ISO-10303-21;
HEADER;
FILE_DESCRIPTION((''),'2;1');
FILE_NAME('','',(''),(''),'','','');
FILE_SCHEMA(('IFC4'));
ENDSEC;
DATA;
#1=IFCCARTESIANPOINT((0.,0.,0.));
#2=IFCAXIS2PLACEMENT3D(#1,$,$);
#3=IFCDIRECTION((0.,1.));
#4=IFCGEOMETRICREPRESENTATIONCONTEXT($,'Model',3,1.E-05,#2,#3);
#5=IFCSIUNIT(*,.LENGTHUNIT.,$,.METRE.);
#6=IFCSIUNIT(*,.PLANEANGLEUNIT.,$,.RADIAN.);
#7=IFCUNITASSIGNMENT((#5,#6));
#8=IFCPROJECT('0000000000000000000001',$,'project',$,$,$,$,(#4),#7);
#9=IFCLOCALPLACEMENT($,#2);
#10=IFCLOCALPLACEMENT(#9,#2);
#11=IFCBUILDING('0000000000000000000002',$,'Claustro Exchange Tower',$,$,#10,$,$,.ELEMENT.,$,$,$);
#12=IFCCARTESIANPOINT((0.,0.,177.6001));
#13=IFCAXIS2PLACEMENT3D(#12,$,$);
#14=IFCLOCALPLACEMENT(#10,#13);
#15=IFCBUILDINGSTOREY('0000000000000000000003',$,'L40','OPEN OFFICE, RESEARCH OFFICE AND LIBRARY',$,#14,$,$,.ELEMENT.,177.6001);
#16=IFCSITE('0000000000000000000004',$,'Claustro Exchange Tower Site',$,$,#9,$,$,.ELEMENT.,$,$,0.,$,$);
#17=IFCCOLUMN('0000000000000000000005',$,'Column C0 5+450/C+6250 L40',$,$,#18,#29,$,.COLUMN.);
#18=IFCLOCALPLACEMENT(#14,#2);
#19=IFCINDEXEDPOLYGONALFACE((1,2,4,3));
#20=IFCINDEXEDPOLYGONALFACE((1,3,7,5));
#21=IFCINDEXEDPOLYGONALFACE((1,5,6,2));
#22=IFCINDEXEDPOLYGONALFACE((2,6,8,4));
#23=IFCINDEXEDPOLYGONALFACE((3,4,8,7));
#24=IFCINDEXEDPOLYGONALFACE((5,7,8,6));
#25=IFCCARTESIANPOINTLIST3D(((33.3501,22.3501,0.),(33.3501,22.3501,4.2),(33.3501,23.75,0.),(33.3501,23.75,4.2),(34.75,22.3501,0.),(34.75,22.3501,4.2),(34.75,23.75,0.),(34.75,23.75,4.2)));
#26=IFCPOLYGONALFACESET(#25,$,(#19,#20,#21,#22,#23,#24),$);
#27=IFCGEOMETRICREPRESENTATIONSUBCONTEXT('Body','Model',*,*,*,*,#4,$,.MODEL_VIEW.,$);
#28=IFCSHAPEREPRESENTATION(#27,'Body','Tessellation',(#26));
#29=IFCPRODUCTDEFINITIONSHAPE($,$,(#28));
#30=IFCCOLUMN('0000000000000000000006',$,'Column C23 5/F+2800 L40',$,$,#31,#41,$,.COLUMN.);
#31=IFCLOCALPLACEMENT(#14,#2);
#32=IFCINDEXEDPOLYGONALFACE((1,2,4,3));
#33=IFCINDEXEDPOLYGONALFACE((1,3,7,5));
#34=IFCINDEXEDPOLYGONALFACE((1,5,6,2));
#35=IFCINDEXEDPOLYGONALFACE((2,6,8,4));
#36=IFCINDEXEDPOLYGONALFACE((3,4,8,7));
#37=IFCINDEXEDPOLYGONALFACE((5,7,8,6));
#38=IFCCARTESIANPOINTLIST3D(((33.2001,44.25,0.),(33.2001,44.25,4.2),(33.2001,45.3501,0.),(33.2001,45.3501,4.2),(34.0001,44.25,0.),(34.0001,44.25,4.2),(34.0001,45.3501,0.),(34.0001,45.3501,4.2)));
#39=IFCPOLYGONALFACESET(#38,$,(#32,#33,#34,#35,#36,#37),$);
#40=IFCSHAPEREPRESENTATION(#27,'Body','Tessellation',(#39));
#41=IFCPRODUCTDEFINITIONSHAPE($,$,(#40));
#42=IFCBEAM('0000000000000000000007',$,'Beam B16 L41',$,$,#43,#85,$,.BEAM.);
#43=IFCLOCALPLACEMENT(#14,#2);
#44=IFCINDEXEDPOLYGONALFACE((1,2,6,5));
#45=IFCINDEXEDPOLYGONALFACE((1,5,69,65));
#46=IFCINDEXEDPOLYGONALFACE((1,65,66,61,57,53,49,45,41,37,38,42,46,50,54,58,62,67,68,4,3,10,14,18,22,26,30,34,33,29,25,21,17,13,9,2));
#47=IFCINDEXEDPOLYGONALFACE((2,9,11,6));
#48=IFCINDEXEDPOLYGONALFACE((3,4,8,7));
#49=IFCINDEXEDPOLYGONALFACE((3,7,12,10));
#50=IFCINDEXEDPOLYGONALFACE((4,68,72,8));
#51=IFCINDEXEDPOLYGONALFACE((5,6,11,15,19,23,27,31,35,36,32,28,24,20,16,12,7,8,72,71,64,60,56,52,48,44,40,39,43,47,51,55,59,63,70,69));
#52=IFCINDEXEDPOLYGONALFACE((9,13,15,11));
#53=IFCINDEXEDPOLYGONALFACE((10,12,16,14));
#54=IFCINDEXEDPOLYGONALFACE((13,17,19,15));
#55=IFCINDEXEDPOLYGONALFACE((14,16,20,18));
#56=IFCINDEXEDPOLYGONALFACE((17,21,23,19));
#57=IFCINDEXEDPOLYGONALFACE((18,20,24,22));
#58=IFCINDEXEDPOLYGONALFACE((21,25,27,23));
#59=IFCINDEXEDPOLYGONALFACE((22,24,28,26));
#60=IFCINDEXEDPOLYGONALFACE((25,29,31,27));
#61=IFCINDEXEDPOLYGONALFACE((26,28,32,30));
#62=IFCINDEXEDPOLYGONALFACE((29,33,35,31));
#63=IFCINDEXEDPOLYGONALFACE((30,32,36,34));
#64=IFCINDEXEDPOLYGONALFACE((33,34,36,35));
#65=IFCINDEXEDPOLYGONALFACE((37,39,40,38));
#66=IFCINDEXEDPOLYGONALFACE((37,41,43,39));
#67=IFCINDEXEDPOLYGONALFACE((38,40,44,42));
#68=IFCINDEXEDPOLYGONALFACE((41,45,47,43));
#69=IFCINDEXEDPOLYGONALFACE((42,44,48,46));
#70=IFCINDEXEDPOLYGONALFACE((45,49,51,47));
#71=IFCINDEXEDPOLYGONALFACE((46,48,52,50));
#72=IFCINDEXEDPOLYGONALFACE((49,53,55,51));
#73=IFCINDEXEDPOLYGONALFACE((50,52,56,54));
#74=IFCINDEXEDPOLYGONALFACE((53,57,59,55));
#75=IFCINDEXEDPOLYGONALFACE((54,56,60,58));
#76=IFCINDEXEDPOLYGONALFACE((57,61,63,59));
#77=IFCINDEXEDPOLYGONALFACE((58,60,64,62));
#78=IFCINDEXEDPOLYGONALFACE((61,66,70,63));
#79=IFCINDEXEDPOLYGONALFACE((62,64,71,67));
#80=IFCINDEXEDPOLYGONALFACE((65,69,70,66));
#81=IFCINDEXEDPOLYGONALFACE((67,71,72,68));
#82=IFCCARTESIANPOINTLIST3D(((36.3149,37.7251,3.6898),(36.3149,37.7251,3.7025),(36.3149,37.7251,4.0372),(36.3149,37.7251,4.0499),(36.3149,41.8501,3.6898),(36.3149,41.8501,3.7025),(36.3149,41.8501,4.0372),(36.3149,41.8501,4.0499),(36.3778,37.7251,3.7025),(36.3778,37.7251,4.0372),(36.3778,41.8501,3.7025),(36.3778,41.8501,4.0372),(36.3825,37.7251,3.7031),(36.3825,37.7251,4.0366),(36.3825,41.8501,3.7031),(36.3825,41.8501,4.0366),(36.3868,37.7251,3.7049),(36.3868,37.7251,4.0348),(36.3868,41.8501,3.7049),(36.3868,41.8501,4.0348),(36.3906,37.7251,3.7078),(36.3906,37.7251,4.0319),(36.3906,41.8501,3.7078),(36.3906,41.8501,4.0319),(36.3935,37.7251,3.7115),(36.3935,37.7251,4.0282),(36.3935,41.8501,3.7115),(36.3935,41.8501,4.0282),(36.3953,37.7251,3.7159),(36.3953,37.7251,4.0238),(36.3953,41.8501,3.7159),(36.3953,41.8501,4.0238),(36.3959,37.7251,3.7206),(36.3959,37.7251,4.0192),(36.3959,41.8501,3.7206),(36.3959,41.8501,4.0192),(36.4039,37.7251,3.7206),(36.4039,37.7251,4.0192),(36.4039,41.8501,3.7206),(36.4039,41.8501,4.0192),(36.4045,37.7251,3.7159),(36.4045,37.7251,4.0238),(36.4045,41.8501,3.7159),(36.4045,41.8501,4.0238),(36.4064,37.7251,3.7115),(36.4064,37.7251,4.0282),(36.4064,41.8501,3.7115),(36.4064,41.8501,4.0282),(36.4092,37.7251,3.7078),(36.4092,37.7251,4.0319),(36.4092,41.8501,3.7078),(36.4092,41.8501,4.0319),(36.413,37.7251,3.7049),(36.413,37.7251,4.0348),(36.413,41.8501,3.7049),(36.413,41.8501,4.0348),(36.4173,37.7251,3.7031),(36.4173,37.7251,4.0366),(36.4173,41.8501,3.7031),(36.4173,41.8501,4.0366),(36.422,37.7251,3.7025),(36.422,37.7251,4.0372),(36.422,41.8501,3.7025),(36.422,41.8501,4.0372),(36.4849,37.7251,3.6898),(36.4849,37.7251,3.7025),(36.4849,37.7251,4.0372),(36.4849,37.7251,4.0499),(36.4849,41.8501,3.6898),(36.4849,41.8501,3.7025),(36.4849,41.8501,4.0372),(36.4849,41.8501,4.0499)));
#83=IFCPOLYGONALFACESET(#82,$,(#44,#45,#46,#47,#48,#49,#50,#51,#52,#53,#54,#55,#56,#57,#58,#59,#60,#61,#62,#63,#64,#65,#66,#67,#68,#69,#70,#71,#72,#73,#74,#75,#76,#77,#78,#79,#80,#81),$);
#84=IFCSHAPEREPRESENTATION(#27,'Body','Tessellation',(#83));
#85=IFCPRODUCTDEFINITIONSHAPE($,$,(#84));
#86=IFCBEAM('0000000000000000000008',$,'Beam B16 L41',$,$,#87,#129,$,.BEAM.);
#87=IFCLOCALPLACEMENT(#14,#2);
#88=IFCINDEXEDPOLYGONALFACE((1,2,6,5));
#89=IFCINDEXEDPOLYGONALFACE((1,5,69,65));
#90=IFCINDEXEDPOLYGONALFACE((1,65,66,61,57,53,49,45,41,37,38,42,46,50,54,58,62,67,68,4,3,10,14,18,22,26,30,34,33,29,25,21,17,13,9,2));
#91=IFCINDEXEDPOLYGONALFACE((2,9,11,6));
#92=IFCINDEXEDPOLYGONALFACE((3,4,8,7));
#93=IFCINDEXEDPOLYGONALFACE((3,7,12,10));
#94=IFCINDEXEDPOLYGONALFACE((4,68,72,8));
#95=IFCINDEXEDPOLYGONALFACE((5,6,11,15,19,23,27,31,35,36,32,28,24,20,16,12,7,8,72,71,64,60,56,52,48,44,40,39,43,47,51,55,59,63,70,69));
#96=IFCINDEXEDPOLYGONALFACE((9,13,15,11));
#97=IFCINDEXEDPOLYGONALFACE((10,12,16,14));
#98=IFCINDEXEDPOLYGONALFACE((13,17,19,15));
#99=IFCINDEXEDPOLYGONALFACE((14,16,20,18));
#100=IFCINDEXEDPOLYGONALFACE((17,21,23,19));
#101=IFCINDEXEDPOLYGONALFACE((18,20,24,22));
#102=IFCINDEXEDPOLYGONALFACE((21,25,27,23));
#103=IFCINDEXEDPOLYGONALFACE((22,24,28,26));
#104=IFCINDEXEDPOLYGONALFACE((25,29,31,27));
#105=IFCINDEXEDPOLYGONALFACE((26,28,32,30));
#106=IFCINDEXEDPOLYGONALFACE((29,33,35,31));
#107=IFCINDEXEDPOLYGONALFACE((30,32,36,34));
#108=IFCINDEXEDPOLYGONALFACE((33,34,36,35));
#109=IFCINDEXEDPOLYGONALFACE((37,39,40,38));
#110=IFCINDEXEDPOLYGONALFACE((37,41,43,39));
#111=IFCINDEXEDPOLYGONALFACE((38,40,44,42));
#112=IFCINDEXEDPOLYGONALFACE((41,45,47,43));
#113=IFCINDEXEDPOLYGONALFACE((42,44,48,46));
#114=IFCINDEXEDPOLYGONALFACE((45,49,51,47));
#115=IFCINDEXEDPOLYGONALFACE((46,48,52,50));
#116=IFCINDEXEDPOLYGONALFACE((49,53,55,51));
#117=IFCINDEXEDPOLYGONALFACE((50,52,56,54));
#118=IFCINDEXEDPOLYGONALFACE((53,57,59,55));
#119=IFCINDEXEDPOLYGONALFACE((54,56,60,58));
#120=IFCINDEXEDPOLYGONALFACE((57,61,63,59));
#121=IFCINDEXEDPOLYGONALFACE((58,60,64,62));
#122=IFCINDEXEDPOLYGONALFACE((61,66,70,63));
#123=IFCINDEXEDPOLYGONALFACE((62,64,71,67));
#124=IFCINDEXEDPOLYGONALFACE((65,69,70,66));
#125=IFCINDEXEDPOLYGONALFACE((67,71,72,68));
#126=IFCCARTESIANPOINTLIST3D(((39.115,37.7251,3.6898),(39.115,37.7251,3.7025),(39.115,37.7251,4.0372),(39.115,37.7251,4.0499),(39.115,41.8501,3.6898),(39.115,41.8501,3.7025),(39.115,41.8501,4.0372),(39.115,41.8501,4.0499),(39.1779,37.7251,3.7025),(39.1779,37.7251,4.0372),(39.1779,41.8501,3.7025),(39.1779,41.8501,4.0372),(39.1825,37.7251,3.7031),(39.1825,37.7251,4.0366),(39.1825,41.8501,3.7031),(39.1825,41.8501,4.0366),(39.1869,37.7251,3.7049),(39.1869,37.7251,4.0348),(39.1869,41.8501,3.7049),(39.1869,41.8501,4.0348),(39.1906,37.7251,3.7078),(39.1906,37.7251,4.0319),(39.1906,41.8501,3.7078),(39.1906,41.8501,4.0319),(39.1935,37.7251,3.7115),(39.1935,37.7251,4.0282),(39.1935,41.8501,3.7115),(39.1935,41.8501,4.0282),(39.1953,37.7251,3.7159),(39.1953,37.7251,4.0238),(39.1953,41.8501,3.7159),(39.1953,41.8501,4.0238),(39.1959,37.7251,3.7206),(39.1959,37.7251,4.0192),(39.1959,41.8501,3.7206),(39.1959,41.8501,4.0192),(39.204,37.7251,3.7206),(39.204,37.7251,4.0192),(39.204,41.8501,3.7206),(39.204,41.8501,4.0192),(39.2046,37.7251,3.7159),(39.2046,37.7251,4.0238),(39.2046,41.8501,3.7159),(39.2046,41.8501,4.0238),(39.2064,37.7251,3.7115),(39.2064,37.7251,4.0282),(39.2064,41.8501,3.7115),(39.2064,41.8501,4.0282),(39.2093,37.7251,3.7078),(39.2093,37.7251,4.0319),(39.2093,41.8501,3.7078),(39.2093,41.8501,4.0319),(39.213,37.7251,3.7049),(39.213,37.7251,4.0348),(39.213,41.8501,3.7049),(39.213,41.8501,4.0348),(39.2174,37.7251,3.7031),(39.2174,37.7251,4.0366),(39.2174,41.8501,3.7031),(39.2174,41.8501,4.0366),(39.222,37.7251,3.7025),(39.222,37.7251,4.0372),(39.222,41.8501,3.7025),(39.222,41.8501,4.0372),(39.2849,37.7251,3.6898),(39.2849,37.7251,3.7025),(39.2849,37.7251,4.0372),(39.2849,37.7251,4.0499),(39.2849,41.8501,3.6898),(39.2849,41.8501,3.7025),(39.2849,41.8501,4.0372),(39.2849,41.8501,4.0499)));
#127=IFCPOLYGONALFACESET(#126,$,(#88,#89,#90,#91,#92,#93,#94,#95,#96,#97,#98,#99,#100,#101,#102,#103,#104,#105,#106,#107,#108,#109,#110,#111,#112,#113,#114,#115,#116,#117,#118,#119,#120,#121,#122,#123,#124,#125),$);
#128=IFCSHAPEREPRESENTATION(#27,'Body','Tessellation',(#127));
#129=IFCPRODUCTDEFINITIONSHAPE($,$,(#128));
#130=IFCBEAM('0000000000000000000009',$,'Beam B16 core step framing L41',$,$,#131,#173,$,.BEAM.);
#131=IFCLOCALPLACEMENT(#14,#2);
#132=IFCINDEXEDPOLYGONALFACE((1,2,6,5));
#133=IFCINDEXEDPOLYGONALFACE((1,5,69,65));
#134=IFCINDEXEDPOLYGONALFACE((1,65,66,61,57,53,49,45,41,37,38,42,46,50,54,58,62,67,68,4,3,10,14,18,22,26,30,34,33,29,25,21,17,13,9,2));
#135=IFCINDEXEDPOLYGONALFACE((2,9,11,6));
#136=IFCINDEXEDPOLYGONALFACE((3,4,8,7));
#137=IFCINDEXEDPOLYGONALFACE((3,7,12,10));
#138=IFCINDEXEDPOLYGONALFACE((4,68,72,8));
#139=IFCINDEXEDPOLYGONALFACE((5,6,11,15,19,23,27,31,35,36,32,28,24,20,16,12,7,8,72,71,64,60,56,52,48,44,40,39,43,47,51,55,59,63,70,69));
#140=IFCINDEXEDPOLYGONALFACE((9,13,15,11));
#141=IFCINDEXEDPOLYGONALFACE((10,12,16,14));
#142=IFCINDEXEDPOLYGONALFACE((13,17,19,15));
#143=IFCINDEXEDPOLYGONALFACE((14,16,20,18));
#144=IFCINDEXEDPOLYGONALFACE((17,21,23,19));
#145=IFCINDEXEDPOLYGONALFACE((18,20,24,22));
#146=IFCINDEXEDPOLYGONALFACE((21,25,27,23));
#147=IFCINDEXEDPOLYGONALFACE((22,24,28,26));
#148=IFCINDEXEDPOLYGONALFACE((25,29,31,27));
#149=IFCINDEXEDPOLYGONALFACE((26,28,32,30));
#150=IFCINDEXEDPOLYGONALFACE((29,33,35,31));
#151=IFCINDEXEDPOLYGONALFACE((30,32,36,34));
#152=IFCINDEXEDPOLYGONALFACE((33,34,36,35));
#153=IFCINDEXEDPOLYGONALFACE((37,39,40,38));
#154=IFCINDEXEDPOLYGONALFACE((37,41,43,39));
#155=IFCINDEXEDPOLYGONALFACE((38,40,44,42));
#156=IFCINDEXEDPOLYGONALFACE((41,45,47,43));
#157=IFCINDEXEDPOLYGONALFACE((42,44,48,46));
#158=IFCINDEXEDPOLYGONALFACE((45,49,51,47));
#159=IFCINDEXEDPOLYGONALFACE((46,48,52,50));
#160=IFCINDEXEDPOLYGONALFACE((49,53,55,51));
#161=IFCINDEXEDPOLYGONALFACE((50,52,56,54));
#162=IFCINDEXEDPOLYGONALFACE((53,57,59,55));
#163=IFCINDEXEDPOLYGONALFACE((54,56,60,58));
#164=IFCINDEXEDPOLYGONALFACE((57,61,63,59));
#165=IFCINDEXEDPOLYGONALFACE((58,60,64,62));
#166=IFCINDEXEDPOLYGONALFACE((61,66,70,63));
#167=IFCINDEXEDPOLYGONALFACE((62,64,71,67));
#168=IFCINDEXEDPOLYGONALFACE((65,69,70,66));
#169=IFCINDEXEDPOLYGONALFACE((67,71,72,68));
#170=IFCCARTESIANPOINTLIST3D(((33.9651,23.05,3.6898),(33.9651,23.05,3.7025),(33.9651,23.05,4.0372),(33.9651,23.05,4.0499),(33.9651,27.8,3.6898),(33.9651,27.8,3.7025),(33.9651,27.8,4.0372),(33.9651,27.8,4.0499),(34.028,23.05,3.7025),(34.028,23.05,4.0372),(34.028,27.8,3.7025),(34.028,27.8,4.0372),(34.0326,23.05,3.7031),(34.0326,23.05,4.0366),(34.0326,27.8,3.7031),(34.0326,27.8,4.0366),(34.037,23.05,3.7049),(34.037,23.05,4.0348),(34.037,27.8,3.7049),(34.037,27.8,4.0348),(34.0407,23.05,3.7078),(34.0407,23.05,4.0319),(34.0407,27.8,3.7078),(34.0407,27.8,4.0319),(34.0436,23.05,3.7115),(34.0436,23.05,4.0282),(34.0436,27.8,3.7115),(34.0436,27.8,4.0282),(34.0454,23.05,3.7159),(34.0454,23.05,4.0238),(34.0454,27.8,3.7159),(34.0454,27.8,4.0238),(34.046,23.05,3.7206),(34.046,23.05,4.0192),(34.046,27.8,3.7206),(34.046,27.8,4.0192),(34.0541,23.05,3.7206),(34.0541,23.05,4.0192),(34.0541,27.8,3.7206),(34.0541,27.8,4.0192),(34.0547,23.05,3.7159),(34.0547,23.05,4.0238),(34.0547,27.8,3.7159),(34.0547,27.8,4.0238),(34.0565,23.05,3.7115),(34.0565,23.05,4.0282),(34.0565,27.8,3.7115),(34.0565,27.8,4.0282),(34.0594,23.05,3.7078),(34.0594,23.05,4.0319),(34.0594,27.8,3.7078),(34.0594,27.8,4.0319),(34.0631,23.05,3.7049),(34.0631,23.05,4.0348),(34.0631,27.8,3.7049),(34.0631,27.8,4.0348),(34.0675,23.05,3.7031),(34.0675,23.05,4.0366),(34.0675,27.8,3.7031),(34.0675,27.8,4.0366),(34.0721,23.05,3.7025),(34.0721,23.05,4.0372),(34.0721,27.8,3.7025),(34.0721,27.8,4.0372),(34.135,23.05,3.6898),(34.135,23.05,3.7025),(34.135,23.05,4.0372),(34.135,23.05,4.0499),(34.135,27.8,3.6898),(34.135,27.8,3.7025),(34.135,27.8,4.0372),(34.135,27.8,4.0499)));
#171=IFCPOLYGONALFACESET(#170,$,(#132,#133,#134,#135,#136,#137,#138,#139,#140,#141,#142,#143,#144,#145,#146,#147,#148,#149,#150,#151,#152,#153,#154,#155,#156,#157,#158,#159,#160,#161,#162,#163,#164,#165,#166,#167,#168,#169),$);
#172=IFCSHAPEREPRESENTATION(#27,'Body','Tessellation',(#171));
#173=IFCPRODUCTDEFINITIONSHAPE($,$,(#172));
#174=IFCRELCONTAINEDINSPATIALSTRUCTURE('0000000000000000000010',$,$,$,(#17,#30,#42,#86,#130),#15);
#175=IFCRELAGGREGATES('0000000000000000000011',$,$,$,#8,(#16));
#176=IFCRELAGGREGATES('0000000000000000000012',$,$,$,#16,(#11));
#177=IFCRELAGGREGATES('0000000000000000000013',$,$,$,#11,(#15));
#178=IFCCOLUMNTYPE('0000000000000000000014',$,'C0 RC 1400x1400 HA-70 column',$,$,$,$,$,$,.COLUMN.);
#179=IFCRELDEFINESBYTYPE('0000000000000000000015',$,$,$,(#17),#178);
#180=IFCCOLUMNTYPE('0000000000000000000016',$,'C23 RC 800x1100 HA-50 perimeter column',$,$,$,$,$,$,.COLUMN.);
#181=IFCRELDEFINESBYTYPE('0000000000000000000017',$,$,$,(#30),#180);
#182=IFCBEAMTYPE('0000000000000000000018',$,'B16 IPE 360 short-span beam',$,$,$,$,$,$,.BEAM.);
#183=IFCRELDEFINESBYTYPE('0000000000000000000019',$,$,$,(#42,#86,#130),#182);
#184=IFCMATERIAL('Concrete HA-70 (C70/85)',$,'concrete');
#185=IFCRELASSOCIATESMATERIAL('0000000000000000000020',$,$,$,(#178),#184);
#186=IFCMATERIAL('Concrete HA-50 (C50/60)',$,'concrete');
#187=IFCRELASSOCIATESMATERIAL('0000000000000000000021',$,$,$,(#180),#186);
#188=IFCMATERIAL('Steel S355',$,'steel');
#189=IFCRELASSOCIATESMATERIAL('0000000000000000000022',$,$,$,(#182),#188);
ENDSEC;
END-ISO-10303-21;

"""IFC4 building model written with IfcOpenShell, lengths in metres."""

from ifc_helpers import new_model, si_unit, direction, frame, origin, origin_2d, place, context, subcontext, project, spatial, rectangle, i_section, extrude, material, material_profile, profile_set, type_object, element, save


model = new_model("IFC4")

# Units and contexts
model_context = context("Model", 3, precision=1e-05, world=origin(), true_north=direction((0.0, 1.0)))
body_context = subcontext(model_context, "Body", "Model", "MODEL_VIEW")
ifc_project = project(units=[si_unit("LENGTHUNIT", "METRE"), si_unit("PLANEANGLEUNIT", "RADIAN")], contexts=[model_context])

# Site, building, storey
site_placement = place(None, origin())
site = spatial("IfcSite", under=ifc_project, at=site_placement, Name="Claustro Exchange Tower Site", CompositionType="ELEMENT", RefElevation=0.0)
building_placement = place(site_placement, origin())
building = spatial("IfcBuilding", under=site, at=building_placement, Name="Claustro Exchange Tower", CompositionType="ELEMENT")
storey_placement = place(building_placement, frame((0.0, 0.0, 177.6001)))
storey = spatial("IfcBuildingStorey", under=building, at=storey_placement, Name="L40", Description="OPEN OFFICE, RESEARCH OFFICE AND LIBRARY", CompositionType="ELEMENT", Elevation=177.6001)

# Columns
ifc_material_1 = material(Name="Concrete HA-70 (C70/85)", Category="concrete")
ifc_material_profile_1 = material_profile(ifc_material_1, rectangle(XDim=1.3999, YDim=1.3999, at=origin_2d()), Name="RC 1400x1400")
ifc_profile_set_1 = profile_set([ifc_material_profile_1], Name="Concrete HA-70 (C70/85)")
column_type_1 = type_object("IfcColumnType", Name="C0 RC 1400x1400 HA-70 column", PredefinedType="COLUMN", material=ifc_profile_set_1)
column_1_placement = place(storey_placement, frame((34.05, 23.05, 0.0), z_axis=(0.0, 0.0, 1.0), x_axis=(1.0, 0.0, 0.0)))
element("IfcColumn", 1, at=column_1_placement, inside=storey, type_object=column_type_1, Name="Column C0 5+450/C+6250 L40", PredefinedType="COLUMN", context=body_context, shape_type="SweptSolid", body=[
    extrude(rectangle(XDim=1.3999, YDim=1.3999, at=origin_2d()), origin(), (0.0, 0.0, 1.0), 4.2),
])
ifc_material_2 = material(Name="Concrete HA-50 (C50/60)", Category="concrete")
ifc_material_profile_2 = material_profile(ifc_material_2, rectangle(XDim=0.8, YDim=1.1001, at=origin_2d()), Name="RC 800x1100")
ifc_profile_set_2 = profile_set([ifc_material_profile_2], Name="Concrete HA-50 (C50/60)")
column_type_2 = type_object("IfcColumnType", Name="C23 RC 800x1100 HA-50 perimeter column", PredefinedType="COLUMN", material=ifc_profile_set_2)
column_2_placement = place(storey_placement, frame((33.6001, 44.8, 0.0), z_axis=(0.0, 0.0, 1.0), x_axis=(1.0, 0.0, 0.0)))
element("IfcColumn", 2, at=column_2_placement, inside=storey, type_object=column_type_2, Name="Column C23 5/F+2800 L40", PredefinedType="COLUMN", context=body_context, shape_type="SweptSolid", body=[
    extrude(rectangle(XDim=0.8, YDim=1.1001, at=origin_2d()), origin(), (0.0, 0.0, 1.0), 4.2),
])

# Beams
ifc_material_3 = material(Name="Steel S355", Category="steel")
ifc_material_profile_3 = material_profile(ifc_material_3, i_section(OverallWidth=0.1699, OverallDepth=0.3601, WebThickness=0.0081, FlangeThickness=0.0127, FilletRadius=0.0181, at=origin_2d()), Name="IPE 360")
ifc_profile_set_3 = profile_set([ifc_material_profile_3], Name="Steel S355")
beam_type_1 = type_object("IfcBeamType", Name="B16 IPE 360 short-span beam", PredefinedType="BEAM", material=ifc_profile_set_3)
for number, where, z_axis, x_axis, name in (
    (3, (36.3999, 37.7251, 3.8699), (0.0, 1.0, 0.0), (-1.0, 0.0, 0.0), "Beam B16 L41"),
    (4, (39.2, 37.7251, 3.8699), (0.0, 1.0, 0.0), (-1.0, 0.0, 0.0), "Beam B16 L41"),
):
    element("IfcBeam", number, at=place(storey_placement, frame(where, z_axis=z_axis, x_axis=x_axis)), inside=storey, type_object=beam_type_1, Name=name, PredefinedType="BEAM", context=body_context, shape_type="SweptSolid", body=[
        extrude(i_section(OverallWidth=0.1699, OverallDepth=0.3601, WebThickness=0.0081, FlangeThickness=0.0127, FilletRadius=0.0181, at=origin_2d()), origin(), (0.0, 0.0, 1.0), 4.125),
    ])
beam_1_placement = place(storey_placement, frame((34.05, 23.05, 3.8699), z_axis=(0.0, 1.0, 0.0), x_axis=(-1.0, 0.0, 0.0)))
element("IfcBeam", 5, at=beam_1_placement, inside=storey, type_object=beam_type_1, Name="Beam B16 core step framing L41", PredefinedType="BEAM", context=body_context, shape_type="SweptSolid", body=[
    extrude(i_section(OverallWidth=0.1699, OverallDepth=0.3601, WebThickness=0.0081, FlangeThickness=0.0127, FilletRadius=0.0181, at=origin_2d()), origin(), (0.0, 0.0, 1.0), 4.75),
])

save(model, "model.ifc")
